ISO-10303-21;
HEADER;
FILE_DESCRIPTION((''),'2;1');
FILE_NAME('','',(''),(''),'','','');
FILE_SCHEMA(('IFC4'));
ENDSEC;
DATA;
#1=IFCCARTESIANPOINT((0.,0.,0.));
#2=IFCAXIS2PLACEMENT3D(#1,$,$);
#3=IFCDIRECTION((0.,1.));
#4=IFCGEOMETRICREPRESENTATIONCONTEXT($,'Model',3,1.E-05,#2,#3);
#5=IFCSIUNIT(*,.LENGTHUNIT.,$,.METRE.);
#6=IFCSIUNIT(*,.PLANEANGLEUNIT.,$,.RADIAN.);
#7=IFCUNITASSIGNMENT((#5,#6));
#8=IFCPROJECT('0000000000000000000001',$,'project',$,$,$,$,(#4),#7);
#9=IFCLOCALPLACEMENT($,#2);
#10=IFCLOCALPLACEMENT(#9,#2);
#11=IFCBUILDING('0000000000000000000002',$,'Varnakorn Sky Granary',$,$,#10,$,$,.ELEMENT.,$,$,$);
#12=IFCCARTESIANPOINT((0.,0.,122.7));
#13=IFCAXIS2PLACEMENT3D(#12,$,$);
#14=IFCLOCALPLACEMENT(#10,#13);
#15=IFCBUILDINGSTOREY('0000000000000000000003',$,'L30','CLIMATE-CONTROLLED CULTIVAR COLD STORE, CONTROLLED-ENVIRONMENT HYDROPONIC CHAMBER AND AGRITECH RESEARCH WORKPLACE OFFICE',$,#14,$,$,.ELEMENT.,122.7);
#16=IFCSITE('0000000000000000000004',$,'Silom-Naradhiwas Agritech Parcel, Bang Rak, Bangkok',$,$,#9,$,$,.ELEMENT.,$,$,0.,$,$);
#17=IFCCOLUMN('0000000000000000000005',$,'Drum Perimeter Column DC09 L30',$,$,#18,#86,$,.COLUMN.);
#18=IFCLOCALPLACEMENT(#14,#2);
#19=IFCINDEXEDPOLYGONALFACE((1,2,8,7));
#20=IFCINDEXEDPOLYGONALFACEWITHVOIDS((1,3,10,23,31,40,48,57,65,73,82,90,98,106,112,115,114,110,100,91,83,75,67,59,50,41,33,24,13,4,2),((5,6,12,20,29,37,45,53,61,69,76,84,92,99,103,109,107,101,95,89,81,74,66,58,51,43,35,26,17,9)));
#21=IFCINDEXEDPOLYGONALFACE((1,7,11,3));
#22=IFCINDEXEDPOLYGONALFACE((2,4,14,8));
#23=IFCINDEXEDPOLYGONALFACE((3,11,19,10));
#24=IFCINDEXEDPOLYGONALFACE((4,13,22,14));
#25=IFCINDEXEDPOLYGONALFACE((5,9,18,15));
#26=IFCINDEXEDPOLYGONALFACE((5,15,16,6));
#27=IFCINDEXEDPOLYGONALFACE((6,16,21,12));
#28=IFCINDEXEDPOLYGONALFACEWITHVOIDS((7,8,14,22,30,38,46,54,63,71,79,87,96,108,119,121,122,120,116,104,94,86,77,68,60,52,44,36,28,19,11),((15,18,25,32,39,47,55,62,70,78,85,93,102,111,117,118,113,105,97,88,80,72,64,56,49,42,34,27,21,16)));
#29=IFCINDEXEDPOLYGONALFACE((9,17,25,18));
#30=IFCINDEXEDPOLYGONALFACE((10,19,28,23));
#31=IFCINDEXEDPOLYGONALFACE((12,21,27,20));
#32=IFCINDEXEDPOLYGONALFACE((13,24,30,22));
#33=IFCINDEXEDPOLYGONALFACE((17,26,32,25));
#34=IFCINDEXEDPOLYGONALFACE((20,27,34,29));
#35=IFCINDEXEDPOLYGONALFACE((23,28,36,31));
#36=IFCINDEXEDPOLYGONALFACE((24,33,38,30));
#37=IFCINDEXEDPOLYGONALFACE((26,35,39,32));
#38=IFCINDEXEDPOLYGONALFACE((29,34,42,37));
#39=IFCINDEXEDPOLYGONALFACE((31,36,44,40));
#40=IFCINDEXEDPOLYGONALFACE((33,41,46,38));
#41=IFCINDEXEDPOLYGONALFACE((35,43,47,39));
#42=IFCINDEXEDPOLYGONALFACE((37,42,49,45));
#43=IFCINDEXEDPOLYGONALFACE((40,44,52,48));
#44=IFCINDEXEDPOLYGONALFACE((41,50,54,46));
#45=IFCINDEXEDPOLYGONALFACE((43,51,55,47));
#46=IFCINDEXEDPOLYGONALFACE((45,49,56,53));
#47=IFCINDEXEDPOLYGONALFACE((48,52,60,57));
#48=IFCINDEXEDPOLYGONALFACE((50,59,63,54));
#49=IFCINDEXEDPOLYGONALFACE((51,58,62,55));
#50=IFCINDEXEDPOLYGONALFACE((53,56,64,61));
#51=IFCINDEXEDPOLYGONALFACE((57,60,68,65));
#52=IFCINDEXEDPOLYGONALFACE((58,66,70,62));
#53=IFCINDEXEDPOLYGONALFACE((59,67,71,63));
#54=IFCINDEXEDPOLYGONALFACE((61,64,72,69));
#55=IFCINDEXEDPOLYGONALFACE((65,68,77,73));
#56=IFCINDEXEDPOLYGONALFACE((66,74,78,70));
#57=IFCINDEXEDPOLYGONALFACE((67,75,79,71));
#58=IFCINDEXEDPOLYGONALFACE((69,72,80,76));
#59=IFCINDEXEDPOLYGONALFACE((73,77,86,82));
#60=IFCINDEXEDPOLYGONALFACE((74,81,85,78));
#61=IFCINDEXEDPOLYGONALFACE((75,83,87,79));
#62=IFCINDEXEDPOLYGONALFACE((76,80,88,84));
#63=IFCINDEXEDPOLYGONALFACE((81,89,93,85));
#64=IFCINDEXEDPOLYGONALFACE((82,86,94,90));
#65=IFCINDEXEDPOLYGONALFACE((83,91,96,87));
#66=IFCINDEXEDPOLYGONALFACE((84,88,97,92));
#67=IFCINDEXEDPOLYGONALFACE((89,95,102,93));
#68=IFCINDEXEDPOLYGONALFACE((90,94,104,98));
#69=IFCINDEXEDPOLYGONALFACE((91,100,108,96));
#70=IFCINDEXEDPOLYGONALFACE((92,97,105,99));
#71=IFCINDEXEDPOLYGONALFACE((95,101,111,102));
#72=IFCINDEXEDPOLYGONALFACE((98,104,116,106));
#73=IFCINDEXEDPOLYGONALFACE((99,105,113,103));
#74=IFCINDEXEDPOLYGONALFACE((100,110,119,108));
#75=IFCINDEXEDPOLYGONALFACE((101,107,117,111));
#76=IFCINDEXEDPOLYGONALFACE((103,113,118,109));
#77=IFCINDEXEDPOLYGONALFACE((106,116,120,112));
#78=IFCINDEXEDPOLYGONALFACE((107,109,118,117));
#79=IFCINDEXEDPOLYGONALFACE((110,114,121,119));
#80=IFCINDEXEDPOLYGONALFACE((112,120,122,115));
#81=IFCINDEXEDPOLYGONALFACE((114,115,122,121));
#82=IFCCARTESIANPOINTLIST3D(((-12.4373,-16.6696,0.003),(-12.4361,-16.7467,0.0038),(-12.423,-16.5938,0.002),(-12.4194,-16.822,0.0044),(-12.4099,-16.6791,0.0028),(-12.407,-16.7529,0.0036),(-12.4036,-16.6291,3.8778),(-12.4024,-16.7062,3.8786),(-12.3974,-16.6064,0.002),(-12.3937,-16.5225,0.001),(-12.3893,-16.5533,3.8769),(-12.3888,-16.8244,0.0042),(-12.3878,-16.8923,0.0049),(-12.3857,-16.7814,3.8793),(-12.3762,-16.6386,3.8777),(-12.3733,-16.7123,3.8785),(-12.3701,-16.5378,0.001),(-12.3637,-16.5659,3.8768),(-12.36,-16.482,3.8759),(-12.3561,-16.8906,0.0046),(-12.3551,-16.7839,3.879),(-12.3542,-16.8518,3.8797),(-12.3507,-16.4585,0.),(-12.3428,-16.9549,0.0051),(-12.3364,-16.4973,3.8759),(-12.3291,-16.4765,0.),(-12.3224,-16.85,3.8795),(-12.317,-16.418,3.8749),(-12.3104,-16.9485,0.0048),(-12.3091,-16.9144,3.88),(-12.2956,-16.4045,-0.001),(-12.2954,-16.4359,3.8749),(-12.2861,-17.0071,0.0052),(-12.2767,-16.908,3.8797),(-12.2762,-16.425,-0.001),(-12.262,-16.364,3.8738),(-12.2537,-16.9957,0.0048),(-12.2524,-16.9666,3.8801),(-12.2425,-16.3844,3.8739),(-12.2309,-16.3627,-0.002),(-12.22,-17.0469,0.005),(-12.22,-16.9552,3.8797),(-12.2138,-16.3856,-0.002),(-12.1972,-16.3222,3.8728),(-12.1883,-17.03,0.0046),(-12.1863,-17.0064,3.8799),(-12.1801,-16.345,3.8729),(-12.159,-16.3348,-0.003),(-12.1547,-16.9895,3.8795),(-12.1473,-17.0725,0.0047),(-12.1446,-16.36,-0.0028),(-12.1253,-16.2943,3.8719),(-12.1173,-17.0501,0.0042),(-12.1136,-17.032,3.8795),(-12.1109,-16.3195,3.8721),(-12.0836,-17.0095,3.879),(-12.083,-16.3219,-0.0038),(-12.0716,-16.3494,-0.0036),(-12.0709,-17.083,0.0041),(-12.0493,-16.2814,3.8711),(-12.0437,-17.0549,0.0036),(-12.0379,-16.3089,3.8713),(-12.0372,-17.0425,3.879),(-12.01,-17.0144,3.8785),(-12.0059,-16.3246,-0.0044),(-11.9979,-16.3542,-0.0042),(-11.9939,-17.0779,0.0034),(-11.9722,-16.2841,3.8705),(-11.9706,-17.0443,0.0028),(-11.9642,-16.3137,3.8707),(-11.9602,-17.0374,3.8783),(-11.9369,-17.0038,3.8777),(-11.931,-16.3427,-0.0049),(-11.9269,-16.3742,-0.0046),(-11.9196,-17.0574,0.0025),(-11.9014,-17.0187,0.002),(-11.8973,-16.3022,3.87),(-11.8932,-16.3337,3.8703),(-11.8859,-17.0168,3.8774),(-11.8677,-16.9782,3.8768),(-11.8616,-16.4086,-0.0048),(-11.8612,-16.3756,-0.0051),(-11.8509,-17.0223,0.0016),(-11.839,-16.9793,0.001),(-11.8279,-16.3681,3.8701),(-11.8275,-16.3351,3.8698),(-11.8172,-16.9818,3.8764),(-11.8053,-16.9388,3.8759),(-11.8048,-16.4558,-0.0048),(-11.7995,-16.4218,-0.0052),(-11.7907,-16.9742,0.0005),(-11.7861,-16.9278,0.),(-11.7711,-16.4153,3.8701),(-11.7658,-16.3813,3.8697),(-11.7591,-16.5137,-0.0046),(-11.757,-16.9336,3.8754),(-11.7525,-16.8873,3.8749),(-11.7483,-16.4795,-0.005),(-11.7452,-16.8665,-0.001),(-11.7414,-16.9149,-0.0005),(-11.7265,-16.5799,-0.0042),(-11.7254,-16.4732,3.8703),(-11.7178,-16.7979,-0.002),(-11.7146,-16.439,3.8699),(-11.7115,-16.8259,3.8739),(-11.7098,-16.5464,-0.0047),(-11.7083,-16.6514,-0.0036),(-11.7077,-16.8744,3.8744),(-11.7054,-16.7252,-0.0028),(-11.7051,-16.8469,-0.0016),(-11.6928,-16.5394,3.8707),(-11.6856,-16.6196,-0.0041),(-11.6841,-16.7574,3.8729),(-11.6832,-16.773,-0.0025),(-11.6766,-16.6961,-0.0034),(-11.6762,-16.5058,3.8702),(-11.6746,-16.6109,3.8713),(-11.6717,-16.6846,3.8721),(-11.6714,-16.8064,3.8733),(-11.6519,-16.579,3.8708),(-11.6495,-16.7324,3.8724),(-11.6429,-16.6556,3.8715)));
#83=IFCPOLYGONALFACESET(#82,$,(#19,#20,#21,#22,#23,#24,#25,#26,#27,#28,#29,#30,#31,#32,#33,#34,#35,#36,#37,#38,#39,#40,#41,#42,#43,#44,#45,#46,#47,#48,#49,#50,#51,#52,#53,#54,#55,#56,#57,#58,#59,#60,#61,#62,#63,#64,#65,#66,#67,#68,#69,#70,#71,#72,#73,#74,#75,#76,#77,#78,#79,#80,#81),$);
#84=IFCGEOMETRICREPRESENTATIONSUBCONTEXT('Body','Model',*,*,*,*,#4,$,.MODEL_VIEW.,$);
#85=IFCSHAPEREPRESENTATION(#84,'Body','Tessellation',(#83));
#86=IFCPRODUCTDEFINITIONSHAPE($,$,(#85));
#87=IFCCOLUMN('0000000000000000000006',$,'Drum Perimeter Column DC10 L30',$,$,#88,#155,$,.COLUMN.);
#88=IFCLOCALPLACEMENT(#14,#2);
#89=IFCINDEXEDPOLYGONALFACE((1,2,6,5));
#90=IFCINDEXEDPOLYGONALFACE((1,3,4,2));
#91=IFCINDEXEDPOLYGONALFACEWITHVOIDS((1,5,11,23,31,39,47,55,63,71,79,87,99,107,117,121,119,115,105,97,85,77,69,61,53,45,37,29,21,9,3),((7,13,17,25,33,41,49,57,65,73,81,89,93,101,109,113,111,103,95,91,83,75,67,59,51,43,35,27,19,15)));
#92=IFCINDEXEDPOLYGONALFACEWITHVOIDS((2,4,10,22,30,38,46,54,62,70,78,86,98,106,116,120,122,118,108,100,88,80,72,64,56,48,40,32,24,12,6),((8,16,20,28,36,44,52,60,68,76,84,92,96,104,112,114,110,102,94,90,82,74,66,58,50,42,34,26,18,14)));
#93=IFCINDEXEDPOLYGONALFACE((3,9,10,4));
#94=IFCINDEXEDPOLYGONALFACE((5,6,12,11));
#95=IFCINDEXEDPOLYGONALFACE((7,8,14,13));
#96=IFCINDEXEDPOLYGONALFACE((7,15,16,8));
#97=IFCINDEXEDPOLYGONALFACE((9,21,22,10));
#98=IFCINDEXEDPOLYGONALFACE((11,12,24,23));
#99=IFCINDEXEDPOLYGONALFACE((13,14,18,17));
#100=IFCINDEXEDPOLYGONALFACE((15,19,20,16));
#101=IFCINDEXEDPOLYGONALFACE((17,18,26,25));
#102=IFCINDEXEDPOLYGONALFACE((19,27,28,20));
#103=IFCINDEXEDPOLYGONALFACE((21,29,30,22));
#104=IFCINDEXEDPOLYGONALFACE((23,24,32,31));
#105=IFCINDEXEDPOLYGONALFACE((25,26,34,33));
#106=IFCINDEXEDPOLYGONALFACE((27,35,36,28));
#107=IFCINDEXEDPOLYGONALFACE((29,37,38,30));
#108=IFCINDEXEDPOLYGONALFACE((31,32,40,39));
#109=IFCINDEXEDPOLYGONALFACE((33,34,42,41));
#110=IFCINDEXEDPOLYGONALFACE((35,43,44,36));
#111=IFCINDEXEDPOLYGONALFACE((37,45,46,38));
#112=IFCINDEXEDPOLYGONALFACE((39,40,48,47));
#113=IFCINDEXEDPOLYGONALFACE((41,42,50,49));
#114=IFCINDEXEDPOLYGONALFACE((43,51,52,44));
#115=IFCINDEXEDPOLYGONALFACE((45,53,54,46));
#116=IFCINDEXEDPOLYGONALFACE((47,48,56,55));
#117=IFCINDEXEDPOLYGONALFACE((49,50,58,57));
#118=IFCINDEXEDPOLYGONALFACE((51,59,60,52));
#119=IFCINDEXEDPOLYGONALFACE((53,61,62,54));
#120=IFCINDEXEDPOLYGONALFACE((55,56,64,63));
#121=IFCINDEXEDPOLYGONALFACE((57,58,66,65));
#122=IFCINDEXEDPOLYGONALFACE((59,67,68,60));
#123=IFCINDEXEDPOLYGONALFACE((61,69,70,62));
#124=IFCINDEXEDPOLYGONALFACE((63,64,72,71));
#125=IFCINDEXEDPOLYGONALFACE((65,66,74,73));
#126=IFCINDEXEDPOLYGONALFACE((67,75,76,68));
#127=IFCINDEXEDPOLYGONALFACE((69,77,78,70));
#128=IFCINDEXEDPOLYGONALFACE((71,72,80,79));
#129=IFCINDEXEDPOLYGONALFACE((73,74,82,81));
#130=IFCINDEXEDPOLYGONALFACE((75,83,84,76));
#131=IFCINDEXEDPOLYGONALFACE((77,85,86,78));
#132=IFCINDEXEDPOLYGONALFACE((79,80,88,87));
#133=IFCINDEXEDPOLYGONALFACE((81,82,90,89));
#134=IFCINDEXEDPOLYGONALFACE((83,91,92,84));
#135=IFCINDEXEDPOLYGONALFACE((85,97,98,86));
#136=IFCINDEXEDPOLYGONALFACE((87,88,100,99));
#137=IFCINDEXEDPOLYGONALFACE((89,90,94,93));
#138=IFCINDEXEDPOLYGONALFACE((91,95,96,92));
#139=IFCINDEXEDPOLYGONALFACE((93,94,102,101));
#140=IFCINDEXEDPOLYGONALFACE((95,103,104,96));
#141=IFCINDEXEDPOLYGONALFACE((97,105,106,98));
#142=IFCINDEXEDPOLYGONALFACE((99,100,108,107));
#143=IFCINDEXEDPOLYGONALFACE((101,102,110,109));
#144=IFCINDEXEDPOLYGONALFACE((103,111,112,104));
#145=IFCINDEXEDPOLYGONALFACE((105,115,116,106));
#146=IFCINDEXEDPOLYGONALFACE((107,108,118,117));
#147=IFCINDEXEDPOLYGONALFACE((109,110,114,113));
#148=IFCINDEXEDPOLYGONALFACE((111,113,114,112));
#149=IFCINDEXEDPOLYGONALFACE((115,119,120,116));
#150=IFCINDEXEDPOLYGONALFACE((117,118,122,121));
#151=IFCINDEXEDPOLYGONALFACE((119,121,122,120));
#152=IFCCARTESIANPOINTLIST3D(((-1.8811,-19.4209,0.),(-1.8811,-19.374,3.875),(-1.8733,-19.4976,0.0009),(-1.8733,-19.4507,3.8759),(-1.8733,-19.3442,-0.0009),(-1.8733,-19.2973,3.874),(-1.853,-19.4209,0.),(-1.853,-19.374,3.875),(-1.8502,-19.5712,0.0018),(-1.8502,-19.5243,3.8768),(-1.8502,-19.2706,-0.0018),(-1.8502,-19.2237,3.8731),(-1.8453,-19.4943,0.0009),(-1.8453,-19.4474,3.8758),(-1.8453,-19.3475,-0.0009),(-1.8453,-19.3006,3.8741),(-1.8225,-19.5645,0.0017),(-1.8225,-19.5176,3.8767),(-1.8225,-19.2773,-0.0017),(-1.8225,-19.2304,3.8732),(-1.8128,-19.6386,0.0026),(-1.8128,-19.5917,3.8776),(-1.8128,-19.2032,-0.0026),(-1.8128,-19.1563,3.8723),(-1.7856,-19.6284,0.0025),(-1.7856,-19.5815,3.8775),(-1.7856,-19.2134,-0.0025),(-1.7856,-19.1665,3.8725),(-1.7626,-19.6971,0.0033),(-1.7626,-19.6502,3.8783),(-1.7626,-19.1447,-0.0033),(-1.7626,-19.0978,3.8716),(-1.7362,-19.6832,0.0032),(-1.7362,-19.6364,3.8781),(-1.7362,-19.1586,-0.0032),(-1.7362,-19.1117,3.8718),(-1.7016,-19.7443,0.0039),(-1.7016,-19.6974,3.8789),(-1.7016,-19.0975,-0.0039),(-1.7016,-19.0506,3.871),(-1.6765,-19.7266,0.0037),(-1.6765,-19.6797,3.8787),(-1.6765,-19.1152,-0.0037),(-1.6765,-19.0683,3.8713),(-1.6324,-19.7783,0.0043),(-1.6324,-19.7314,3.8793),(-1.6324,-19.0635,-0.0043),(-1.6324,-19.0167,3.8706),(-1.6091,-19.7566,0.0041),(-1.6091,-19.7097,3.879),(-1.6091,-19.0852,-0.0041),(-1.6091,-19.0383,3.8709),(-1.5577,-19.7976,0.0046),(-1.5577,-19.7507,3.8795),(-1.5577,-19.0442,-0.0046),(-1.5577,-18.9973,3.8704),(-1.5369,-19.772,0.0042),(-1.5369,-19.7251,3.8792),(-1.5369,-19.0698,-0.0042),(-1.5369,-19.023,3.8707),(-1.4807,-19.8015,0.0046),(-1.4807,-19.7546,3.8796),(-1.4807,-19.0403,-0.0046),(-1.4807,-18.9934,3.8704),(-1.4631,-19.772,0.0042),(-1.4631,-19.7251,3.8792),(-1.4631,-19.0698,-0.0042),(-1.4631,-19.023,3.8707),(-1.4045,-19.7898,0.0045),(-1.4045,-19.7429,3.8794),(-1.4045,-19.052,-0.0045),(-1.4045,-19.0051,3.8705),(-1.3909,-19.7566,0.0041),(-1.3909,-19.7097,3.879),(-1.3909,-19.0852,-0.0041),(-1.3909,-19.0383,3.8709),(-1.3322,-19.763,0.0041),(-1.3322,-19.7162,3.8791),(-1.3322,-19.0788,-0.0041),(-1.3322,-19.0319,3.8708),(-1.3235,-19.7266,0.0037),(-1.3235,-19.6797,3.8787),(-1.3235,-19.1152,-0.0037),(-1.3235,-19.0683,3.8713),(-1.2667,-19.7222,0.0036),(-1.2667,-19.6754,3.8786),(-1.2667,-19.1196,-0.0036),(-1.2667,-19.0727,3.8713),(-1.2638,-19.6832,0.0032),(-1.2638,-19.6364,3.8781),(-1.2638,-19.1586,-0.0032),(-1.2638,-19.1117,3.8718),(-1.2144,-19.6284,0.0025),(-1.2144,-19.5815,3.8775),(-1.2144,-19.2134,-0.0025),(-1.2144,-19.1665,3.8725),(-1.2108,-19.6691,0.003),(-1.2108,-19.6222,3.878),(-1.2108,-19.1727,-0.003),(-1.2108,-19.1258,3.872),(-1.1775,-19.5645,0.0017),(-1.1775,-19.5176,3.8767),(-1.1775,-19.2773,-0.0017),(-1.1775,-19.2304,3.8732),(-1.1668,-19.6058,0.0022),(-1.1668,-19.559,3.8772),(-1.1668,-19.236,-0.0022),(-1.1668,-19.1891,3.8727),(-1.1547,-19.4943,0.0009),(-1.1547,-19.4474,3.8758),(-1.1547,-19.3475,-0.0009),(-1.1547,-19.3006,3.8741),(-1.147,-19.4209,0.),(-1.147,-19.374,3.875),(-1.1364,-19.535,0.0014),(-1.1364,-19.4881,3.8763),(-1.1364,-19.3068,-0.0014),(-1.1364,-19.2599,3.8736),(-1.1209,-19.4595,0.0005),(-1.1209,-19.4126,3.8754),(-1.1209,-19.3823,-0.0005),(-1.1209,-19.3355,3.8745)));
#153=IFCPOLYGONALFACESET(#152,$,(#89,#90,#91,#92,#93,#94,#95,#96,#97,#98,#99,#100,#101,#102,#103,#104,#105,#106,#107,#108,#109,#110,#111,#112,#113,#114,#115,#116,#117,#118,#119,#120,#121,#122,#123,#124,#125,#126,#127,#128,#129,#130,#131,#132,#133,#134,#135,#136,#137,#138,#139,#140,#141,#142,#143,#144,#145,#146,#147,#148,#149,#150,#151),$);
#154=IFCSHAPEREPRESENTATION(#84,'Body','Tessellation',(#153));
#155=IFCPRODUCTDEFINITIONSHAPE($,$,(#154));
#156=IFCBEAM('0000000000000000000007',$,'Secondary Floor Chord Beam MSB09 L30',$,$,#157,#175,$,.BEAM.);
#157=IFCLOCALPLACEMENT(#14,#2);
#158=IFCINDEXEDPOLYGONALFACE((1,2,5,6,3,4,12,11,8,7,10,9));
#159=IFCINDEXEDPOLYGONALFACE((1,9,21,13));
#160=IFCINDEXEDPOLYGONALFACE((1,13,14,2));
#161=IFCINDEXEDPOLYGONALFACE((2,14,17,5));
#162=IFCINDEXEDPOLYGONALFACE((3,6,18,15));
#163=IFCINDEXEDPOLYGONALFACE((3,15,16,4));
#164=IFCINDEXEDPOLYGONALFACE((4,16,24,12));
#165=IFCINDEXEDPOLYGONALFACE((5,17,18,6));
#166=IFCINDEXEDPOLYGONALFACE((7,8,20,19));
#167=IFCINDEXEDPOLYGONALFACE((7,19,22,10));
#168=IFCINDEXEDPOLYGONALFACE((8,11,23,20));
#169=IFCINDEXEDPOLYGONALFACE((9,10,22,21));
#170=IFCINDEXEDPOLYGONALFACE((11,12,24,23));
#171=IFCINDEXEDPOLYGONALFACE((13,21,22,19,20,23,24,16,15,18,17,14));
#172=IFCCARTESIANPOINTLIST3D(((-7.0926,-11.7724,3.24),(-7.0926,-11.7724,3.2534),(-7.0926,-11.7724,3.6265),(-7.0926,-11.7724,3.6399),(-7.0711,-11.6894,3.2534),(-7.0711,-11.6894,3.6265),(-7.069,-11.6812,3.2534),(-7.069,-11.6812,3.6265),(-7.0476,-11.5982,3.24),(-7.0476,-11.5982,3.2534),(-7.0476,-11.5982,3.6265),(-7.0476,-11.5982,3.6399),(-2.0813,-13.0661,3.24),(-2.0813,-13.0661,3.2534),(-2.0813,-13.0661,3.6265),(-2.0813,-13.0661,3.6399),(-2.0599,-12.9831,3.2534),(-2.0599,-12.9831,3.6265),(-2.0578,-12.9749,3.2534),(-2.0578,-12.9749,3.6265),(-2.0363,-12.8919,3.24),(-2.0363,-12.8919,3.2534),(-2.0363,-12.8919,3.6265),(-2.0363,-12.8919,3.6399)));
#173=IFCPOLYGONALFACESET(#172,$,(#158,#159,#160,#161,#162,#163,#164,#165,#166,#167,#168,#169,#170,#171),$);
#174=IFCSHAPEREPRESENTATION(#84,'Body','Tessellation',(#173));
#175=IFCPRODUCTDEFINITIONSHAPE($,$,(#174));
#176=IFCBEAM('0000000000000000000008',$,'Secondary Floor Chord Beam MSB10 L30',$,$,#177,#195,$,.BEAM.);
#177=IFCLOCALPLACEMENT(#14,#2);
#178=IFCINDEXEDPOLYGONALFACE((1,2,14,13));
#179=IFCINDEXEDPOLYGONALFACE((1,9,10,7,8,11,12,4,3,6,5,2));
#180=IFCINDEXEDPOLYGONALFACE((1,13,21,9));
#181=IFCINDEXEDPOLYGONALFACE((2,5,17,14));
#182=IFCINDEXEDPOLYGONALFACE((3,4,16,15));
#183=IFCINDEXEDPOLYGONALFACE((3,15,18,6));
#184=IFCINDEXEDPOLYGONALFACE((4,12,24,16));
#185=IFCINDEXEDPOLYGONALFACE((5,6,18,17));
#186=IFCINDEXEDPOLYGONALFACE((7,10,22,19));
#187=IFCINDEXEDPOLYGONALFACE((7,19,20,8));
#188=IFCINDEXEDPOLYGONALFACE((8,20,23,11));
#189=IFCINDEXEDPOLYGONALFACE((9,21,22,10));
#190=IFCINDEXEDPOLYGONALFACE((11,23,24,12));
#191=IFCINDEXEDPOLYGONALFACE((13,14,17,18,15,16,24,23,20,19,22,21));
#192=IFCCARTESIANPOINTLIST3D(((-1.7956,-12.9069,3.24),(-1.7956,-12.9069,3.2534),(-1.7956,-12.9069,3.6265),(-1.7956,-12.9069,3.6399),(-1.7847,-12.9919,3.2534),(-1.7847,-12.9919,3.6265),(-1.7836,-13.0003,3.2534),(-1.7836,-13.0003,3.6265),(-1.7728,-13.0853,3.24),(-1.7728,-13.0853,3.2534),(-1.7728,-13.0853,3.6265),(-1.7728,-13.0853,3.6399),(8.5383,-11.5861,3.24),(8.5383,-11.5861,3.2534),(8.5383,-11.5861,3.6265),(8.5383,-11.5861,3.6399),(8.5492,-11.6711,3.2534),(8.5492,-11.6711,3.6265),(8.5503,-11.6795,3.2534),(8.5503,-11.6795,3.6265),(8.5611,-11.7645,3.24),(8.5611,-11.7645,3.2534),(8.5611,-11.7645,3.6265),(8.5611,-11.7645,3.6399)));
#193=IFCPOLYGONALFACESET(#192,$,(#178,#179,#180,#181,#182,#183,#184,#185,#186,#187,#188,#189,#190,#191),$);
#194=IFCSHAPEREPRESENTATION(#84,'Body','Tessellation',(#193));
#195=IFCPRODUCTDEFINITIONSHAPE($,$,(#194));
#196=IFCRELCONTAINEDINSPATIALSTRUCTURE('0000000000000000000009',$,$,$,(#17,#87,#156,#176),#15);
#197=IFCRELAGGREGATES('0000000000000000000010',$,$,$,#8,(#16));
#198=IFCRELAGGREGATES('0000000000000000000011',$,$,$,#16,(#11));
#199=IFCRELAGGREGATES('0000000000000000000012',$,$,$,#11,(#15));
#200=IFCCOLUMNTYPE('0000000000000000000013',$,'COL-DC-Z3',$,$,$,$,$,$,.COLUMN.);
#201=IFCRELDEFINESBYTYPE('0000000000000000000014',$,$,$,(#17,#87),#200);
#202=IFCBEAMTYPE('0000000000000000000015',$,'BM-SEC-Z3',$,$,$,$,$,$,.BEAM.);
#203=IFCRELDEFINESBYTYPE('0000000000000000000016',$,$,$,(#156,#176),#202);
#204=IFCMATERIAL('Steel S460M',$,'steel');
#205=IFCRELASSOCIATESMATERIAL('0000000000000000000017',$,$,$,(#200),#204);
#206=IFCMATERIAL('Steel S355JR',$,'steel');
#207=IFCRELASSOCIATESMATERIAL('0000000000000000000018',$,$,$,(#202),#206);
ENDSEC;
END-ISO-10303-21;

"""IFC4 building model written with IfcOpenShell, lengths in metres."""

from ifc_helpers import new_model, si_unit, direction, frame, origin, origin_2d, place, context, subcontext, project, spatial, hollow_circle, i_section, extrude, material, material_profile, profile_set, type_object, element, save


model = new_model("IFC4")

# Units and contexts
model_context = context("Model", 3, precision=1e-05, world=origin(), true_north=direction((0.0, 1.0)))
body_context = subcontext(model_context, "Body", "Model", "MODEL_VIEW")
ifc_project = project(units=[si_unit("LENGTHUNIT", "METRE"), si_unit("PLANEANGLEUNIT", "RADIAN")], contexts=[model_context])

# Site, building, storey
site_placement = place(None, origin())
site = spatial("IfcSite", under=ifc_project, at=site_placement, Name="Silom-Naradhiwas Agritech Parcel, Bang Rak, Bangkok", CompositionType="ELEMENT", RefElevation=0.0)
building_placement = place(site_placement, origin())
building = spatial("IfcBuilding", under=site, at=building_placement, Name="Varnakorn Sky Granary", CompositionType="ELEMENT")
storey_placement = place(building_placement, frame((0.0, 0.0, 122.7)))
storey = spatial("IfcBuildingStorey", under=building, at=storey_placement, Name="L30", Description="CLIMATE-CONTROLLED CULTIVAR COLD STORE, CONTROLLED-ENVIRONMENT HYDROPONIC CHAMBER AND AGRITECH RESEARCH WORKPLACE OFFICE", CompositionType="ELEMENT", Elevation=122.7)

# Columns
ifc_material_1 = material(Name="Steel S460M", Category="steel")
ifc_material_profile_1 = material_profile(ifc_material_1, hollow_circle(Radius=0.3811, WallThickness=0.0281, at=origin_2d()), Name="CHS 762x28")
ifc_profile_set_1 = profile_set([ifc_material_profile_1], Name="Steel S460M")
column_type = type_object("IfcColumnType", Name="COL-DC-Z3", PredefinedType="COLUMN", material=ifc_profile_set_1)
for number, where, z_axis, x_axis, name in (
    (1, (-12.0576, -16.7021, 0.0), (0.008694, 0.010458, 0.999908), (-0.76898, 0.639273, 0.0), "Drum Perimeter Column DC09 L30"),
    (2, (-1.5, -19.4209, 0.0), (0.0, 0.012096, 0.999927), (-1.0, 0.0, 0.0), "Drum Perimeter Column DC10 L30"),
):
    element("IfcColumn", number, at=place(storey_placement, frame(where, z_axis=z_axis, x_axis=x_axis)), inside=storey, type_object=column_type, Name=name, PredefinedType="COLUMN", context=body_context, shape_type="SweptSolid", body=[
        extrude(hollow_circle(Radius=0.3811, WallThickness=0.0281, at=origin_2d()), origin(), (0.0, 0.0, 1.0), 3.8752),
    ])

# Beams
ifc_material_2 = material(Name="Steel S355JR", Category="steel")
ifc_material_profile_2 = material_profile(ifc_material_2, i_section(OverallWidth=0.1799, OverallDepth=0.3999, WebThickness=0.0085, FlangeThickness=0.0134, at=origin_2d()), Name="IPE 400")
ifc_profile_set_2 = profile_set([ifc_material_profile_2], Name="Steel S355JR")
beam_type_1 = type_object("IfcBeamType", Name="BM-SEC-Z3", PredefinedType="BEAM", material=ifc_profile_set_2)
beam_1_placement = place(storey_placement, frame((-7.0701, -11.6853, 3.4399), z_axis=(0.968255, -0.249965, 0.0), x_axis=(0.249965, 0.968255, 0.0)))
element("IfcBeam", 3, at=beam_1_placement, inside=storey, type_object=beam_type_1, Name="Secondary Floor Chord Beam MSB09 L30", PredefinedType="BEAM", context=body_context, shape_type="SweptSolid", body=[
    extrude(i_section(OverallWidth=0.1799, OverallDepth=0.3999, WebThickness=0.0085, FlangeThickness=0.0134, at=origin_2d()), origin(), (0.0, 0.0, 1.0), 5.1755),
])
beam_2_placement = place(storey_placement, frame((-1.7842, -12.9961, 3.4399), z_axis=(0.991931, 0.12678, 0.0), x_axis=(-0.12678, 0.991931, 0.0)))
element("IfcBeam", 4, at=beam_2_placement, inside=storey, type_object=beam_type_1, Name="Secondary Floor Chord Beam MSB10 L30", PredefinedType="BEAM", context=body_context, shape_type="SweptSolid", body=[
    extrude(i_section(OverallWidth=0.1799, OverallDepth=0.3999, WebThickness=0.0085, FlangeThickness=0.0134, at=origin_2d()), origin(), (0.0, 0.0, 1.0), 10.418),
])

save(model, "model.ifc")
